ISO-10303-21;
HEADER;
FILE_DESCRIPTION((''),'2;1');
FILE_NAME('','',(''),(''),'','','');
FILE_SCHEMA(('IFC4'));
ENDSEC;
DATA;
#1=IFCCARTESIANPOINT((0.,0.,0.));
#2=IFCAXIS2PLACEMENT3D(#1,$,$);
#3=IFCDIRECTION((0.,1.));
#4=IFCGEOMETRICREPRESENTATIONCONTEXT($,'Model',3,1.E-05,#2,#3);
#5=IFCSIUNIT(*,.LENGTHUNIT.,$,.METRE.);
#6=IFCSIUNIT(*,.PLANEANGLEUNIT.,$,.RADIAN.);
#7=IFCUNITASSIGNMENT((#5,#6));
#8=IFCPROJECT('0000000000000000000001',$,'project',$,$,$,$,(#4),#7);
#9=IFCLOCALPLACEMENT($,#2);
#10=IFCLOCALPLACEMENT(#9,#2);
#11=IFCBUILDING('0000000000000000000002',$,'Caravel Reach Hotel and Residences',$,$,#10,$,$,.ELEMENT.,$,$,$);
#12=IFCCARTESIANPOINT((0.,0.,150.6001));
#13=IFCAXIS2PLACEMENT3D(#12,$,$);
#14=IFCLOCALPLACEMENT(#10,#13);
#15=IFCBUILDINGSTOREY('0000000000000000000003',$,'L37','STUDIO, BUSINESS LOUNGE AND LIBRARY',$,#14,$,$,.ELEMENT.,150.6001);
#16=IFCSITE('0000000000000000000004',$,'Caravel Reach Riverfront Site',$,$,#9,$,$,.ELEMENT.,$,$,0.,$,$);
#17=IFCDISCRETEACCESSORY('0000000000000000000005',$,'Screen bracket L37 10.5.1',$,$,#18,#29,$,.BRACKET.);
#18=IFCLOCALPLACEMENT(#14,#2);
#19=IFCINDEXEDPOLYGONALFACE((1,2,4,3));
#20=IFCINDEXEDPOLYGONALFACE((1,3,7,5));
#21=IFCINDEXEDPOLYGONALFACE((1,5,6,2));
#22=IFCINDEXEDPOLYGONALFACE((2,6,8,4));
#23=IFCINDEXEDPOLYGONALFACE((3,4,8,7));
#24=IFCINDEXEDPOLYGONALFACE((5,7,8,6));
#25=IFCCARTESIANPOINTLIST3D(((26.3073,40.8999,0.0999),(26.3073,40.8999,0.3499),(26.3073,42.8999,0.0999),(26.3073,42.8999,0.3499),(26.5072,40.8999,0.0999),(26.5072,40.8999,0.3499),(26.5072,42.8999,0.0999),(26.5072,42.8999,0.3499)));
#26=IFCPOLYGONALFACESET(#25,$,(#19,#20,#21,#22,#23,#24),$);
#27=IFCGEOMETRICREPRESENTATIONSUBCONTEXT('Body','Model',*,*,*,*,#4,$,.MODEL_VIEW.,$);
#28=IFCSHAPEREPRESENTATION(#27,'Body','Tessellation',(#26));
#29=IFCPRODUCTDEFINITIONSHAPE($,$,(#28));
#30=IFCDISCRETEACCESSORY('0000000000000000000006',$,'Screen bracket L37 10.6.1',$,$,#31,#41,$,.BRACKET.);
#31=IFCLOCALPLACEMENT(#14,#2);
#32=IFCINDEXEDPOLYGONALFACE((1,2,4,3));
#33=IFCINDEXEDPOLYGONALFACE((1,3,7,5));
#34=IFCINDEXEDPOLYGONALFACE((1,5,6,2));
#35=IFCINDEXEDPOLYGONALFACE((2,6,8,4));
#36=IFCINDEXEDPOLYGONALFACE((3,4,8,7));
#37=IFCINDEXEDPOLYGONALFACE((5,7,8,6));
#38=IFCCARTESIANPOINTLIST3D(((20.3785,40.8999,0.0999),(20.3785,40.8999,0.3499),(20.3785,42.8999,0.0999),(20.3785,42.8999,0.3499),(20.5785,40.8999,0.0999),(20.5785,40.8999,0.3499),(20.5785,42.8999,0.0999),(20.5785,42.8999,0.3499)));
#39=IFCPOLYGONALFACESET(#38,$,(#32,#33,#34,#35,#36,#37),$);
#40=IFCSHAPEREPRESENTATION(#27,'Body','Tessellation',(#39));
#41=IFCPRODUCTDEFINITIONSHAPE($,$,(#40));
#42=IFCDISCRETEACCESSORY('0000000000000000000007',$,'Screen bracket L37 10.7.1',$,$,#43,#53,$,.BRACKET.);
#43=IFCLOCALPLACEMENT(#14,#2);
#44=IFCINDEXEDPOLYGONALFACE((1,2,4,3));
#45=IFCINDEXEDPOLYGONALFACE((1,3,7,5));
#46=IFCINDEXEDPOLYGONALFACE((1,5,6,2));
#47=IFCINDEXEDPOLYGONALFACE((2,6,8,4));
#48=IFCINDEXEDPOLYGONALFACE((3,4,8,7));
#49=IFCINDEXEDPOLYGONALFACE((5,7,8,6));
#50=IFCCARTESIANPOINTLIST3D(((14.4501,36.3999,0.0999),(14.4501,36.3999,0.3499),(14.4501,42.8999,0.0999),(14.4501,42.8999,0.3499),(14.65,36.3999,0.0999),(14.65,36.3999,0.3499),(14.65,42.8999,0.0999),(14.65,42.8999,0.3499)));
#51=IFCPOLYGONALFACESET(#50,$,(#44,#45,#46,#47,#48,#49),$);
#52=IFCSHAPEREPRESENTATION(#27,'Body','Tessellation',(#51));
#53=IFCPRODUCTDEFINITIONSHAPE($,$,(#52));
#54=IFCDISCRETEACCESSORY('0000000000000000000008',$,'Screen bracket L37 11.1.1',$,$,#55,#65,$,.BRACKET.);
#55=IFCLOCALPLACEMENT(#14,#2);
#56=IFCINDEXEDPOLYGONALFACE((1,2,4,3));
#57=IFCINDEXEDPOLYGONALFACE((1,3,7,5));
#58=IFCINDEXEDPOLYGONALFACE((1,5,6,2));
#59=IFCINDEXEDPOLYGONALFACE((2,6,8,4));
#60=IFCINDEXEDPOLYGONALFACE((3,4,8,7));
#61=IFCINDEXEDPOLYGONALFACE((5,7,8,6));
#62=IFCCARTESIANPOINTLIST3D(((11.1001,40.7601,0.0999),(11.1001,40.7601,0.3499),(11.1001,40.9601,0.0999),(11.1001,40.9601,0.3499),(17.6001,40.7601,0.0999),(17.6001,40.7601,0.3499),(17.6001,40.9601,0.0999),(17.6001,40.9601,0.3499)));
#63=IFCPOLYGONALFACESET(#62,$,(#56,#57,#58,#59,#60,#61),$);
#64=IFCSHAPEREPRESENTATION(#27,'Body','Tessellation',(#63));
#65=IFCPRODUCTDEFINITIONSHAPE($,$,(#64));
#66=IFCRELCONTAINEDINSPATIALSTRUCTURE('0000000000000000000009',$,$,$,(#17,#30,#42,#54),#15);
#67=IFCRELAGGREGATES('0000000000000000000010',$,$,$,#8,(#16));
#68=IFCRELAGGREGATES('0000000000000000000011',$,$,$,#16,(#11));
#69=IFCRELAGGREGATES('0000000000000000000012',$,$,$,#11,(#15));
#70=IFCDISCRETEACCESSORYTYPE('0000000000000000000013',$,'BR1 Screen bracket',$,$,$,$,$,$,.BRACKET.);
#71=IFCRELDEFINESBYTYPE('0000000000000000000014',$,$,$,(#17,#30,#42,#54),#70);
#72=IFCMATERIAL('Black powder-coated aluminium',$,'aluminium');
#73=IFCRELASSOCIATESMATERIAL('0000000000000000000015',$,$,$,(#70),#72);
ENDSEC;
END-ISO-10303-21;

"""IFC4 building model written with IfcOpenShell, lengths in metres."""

from ifc_helpers import new_model, si_unit, direction, frame, origin, origin_2d, place, context, subcontext, project, spatial, rectangle, extrude, material, type_object, element, save


model = new_model("IFC4")

# Units and contexts
model_context = context("Model", 3, precision=1e-05, world=origin(), true_north=direction((0.0, 1.0)))
body_context = subcontext(model_context, "Body", "Model", "MODEL_VIEW")
ifc_project = project(units=[si_unit("LENGTHUNIT", "METRE"), si_unit("PLANEANGLEUNIT", "RADIAN")], contexts=[model_context])

# Site, building, storey
site_placement = place(None, origin())
site = spatial("IfcSite", under=ifc_project, at=site_placement, Name="Caravel Reach Riverfront Site", CompositionType="ELEMENT", RefElevation=0.0)
building_placement = place(site_placement, origin())
building = spatial("IfcBuilding", under=site, at=building_placement, Name="Caravel Reach Hotel and Residences", CompositionType="ELEMENT")
storey_placement = place(building_placement, frame((0.0, 0.0, 150.6001)))
storey = spatial("IfcBuildingStorey", under=building, at=storey_placement, Name="L37", Description="STUDIO, BUSINESS LOUNGE AND LIBRARY", CompositionType="ELEMENT", Elevation=150.6001)

# Discrete accessories
ifc_material_1 = material(Name="Black powder-coated aluminium", Category="aluminium")
discrete_accessory_type = type_object("IfcDiscreteAccessoryType", Name="BR1 Screen bracket", PredefinedType="BRACKET", material=ifc_material_1)
for number, where, z_axis, x_axis, name in (
    (1, (26.4072, 41.8999, 0.0999), (0.0, 0.0, 1.0), (0.0, 1.0, 0.0), "Screen bracket L37 10.5.1"),
    (2, (20.4785, 41.8999, 0.0999), (0.0, 0.0, 1.0), (0.0, 1.0, 0.0), "Screen bracket L37 10.6.1"),
):
    element("IfcDiscreteAccessory", number, at=place(storey_placement, frame(where, z_axis=z_axis, x_axis=x_axis)), inside=storey, type_object=discrete_accessory_type, Name=name, PredefinedType="BRACKET", context=body_context, shape_type="SweptSolid", body=[
        extrude(rectangle(XDim=2.0, YDim=0.2, at=origin_2d()), origin(), (0.0, 0.0, 1.0), 0.25),
    ])
for number, where, z_axis, x_axis, name in (
    (3, (14.55, 39.6499, 0.0999), (0.0, 0.0, 1.0), (0.0, 1.0, 0.0), "Screen bracket L37 10.7.1"),
    (4, (14.3501, 40.8601, 0.0999), (0.0, 0.0, 1.0), (-1.0, 0.0, 0.0), "Screen bracket L37 11.1.1"),
):
    element("IfcDiscreteAccessory", number, at=place(storey_placement, frame(where, z_axis=z_axis, x_axis=x_axis)), inside=storey, type_object=discrete_accessory_type, Name=name, PredefinedType="BRACKET", context=body_context, shape_type="SweptSolid", body=[
        extrude(rectangle(XDim=6.5, YDim=0.2, at=origin_2d()), origin(), (0.0, 0.0, 1.0), 0.25),
    ])

save(model, "model.ifc")
